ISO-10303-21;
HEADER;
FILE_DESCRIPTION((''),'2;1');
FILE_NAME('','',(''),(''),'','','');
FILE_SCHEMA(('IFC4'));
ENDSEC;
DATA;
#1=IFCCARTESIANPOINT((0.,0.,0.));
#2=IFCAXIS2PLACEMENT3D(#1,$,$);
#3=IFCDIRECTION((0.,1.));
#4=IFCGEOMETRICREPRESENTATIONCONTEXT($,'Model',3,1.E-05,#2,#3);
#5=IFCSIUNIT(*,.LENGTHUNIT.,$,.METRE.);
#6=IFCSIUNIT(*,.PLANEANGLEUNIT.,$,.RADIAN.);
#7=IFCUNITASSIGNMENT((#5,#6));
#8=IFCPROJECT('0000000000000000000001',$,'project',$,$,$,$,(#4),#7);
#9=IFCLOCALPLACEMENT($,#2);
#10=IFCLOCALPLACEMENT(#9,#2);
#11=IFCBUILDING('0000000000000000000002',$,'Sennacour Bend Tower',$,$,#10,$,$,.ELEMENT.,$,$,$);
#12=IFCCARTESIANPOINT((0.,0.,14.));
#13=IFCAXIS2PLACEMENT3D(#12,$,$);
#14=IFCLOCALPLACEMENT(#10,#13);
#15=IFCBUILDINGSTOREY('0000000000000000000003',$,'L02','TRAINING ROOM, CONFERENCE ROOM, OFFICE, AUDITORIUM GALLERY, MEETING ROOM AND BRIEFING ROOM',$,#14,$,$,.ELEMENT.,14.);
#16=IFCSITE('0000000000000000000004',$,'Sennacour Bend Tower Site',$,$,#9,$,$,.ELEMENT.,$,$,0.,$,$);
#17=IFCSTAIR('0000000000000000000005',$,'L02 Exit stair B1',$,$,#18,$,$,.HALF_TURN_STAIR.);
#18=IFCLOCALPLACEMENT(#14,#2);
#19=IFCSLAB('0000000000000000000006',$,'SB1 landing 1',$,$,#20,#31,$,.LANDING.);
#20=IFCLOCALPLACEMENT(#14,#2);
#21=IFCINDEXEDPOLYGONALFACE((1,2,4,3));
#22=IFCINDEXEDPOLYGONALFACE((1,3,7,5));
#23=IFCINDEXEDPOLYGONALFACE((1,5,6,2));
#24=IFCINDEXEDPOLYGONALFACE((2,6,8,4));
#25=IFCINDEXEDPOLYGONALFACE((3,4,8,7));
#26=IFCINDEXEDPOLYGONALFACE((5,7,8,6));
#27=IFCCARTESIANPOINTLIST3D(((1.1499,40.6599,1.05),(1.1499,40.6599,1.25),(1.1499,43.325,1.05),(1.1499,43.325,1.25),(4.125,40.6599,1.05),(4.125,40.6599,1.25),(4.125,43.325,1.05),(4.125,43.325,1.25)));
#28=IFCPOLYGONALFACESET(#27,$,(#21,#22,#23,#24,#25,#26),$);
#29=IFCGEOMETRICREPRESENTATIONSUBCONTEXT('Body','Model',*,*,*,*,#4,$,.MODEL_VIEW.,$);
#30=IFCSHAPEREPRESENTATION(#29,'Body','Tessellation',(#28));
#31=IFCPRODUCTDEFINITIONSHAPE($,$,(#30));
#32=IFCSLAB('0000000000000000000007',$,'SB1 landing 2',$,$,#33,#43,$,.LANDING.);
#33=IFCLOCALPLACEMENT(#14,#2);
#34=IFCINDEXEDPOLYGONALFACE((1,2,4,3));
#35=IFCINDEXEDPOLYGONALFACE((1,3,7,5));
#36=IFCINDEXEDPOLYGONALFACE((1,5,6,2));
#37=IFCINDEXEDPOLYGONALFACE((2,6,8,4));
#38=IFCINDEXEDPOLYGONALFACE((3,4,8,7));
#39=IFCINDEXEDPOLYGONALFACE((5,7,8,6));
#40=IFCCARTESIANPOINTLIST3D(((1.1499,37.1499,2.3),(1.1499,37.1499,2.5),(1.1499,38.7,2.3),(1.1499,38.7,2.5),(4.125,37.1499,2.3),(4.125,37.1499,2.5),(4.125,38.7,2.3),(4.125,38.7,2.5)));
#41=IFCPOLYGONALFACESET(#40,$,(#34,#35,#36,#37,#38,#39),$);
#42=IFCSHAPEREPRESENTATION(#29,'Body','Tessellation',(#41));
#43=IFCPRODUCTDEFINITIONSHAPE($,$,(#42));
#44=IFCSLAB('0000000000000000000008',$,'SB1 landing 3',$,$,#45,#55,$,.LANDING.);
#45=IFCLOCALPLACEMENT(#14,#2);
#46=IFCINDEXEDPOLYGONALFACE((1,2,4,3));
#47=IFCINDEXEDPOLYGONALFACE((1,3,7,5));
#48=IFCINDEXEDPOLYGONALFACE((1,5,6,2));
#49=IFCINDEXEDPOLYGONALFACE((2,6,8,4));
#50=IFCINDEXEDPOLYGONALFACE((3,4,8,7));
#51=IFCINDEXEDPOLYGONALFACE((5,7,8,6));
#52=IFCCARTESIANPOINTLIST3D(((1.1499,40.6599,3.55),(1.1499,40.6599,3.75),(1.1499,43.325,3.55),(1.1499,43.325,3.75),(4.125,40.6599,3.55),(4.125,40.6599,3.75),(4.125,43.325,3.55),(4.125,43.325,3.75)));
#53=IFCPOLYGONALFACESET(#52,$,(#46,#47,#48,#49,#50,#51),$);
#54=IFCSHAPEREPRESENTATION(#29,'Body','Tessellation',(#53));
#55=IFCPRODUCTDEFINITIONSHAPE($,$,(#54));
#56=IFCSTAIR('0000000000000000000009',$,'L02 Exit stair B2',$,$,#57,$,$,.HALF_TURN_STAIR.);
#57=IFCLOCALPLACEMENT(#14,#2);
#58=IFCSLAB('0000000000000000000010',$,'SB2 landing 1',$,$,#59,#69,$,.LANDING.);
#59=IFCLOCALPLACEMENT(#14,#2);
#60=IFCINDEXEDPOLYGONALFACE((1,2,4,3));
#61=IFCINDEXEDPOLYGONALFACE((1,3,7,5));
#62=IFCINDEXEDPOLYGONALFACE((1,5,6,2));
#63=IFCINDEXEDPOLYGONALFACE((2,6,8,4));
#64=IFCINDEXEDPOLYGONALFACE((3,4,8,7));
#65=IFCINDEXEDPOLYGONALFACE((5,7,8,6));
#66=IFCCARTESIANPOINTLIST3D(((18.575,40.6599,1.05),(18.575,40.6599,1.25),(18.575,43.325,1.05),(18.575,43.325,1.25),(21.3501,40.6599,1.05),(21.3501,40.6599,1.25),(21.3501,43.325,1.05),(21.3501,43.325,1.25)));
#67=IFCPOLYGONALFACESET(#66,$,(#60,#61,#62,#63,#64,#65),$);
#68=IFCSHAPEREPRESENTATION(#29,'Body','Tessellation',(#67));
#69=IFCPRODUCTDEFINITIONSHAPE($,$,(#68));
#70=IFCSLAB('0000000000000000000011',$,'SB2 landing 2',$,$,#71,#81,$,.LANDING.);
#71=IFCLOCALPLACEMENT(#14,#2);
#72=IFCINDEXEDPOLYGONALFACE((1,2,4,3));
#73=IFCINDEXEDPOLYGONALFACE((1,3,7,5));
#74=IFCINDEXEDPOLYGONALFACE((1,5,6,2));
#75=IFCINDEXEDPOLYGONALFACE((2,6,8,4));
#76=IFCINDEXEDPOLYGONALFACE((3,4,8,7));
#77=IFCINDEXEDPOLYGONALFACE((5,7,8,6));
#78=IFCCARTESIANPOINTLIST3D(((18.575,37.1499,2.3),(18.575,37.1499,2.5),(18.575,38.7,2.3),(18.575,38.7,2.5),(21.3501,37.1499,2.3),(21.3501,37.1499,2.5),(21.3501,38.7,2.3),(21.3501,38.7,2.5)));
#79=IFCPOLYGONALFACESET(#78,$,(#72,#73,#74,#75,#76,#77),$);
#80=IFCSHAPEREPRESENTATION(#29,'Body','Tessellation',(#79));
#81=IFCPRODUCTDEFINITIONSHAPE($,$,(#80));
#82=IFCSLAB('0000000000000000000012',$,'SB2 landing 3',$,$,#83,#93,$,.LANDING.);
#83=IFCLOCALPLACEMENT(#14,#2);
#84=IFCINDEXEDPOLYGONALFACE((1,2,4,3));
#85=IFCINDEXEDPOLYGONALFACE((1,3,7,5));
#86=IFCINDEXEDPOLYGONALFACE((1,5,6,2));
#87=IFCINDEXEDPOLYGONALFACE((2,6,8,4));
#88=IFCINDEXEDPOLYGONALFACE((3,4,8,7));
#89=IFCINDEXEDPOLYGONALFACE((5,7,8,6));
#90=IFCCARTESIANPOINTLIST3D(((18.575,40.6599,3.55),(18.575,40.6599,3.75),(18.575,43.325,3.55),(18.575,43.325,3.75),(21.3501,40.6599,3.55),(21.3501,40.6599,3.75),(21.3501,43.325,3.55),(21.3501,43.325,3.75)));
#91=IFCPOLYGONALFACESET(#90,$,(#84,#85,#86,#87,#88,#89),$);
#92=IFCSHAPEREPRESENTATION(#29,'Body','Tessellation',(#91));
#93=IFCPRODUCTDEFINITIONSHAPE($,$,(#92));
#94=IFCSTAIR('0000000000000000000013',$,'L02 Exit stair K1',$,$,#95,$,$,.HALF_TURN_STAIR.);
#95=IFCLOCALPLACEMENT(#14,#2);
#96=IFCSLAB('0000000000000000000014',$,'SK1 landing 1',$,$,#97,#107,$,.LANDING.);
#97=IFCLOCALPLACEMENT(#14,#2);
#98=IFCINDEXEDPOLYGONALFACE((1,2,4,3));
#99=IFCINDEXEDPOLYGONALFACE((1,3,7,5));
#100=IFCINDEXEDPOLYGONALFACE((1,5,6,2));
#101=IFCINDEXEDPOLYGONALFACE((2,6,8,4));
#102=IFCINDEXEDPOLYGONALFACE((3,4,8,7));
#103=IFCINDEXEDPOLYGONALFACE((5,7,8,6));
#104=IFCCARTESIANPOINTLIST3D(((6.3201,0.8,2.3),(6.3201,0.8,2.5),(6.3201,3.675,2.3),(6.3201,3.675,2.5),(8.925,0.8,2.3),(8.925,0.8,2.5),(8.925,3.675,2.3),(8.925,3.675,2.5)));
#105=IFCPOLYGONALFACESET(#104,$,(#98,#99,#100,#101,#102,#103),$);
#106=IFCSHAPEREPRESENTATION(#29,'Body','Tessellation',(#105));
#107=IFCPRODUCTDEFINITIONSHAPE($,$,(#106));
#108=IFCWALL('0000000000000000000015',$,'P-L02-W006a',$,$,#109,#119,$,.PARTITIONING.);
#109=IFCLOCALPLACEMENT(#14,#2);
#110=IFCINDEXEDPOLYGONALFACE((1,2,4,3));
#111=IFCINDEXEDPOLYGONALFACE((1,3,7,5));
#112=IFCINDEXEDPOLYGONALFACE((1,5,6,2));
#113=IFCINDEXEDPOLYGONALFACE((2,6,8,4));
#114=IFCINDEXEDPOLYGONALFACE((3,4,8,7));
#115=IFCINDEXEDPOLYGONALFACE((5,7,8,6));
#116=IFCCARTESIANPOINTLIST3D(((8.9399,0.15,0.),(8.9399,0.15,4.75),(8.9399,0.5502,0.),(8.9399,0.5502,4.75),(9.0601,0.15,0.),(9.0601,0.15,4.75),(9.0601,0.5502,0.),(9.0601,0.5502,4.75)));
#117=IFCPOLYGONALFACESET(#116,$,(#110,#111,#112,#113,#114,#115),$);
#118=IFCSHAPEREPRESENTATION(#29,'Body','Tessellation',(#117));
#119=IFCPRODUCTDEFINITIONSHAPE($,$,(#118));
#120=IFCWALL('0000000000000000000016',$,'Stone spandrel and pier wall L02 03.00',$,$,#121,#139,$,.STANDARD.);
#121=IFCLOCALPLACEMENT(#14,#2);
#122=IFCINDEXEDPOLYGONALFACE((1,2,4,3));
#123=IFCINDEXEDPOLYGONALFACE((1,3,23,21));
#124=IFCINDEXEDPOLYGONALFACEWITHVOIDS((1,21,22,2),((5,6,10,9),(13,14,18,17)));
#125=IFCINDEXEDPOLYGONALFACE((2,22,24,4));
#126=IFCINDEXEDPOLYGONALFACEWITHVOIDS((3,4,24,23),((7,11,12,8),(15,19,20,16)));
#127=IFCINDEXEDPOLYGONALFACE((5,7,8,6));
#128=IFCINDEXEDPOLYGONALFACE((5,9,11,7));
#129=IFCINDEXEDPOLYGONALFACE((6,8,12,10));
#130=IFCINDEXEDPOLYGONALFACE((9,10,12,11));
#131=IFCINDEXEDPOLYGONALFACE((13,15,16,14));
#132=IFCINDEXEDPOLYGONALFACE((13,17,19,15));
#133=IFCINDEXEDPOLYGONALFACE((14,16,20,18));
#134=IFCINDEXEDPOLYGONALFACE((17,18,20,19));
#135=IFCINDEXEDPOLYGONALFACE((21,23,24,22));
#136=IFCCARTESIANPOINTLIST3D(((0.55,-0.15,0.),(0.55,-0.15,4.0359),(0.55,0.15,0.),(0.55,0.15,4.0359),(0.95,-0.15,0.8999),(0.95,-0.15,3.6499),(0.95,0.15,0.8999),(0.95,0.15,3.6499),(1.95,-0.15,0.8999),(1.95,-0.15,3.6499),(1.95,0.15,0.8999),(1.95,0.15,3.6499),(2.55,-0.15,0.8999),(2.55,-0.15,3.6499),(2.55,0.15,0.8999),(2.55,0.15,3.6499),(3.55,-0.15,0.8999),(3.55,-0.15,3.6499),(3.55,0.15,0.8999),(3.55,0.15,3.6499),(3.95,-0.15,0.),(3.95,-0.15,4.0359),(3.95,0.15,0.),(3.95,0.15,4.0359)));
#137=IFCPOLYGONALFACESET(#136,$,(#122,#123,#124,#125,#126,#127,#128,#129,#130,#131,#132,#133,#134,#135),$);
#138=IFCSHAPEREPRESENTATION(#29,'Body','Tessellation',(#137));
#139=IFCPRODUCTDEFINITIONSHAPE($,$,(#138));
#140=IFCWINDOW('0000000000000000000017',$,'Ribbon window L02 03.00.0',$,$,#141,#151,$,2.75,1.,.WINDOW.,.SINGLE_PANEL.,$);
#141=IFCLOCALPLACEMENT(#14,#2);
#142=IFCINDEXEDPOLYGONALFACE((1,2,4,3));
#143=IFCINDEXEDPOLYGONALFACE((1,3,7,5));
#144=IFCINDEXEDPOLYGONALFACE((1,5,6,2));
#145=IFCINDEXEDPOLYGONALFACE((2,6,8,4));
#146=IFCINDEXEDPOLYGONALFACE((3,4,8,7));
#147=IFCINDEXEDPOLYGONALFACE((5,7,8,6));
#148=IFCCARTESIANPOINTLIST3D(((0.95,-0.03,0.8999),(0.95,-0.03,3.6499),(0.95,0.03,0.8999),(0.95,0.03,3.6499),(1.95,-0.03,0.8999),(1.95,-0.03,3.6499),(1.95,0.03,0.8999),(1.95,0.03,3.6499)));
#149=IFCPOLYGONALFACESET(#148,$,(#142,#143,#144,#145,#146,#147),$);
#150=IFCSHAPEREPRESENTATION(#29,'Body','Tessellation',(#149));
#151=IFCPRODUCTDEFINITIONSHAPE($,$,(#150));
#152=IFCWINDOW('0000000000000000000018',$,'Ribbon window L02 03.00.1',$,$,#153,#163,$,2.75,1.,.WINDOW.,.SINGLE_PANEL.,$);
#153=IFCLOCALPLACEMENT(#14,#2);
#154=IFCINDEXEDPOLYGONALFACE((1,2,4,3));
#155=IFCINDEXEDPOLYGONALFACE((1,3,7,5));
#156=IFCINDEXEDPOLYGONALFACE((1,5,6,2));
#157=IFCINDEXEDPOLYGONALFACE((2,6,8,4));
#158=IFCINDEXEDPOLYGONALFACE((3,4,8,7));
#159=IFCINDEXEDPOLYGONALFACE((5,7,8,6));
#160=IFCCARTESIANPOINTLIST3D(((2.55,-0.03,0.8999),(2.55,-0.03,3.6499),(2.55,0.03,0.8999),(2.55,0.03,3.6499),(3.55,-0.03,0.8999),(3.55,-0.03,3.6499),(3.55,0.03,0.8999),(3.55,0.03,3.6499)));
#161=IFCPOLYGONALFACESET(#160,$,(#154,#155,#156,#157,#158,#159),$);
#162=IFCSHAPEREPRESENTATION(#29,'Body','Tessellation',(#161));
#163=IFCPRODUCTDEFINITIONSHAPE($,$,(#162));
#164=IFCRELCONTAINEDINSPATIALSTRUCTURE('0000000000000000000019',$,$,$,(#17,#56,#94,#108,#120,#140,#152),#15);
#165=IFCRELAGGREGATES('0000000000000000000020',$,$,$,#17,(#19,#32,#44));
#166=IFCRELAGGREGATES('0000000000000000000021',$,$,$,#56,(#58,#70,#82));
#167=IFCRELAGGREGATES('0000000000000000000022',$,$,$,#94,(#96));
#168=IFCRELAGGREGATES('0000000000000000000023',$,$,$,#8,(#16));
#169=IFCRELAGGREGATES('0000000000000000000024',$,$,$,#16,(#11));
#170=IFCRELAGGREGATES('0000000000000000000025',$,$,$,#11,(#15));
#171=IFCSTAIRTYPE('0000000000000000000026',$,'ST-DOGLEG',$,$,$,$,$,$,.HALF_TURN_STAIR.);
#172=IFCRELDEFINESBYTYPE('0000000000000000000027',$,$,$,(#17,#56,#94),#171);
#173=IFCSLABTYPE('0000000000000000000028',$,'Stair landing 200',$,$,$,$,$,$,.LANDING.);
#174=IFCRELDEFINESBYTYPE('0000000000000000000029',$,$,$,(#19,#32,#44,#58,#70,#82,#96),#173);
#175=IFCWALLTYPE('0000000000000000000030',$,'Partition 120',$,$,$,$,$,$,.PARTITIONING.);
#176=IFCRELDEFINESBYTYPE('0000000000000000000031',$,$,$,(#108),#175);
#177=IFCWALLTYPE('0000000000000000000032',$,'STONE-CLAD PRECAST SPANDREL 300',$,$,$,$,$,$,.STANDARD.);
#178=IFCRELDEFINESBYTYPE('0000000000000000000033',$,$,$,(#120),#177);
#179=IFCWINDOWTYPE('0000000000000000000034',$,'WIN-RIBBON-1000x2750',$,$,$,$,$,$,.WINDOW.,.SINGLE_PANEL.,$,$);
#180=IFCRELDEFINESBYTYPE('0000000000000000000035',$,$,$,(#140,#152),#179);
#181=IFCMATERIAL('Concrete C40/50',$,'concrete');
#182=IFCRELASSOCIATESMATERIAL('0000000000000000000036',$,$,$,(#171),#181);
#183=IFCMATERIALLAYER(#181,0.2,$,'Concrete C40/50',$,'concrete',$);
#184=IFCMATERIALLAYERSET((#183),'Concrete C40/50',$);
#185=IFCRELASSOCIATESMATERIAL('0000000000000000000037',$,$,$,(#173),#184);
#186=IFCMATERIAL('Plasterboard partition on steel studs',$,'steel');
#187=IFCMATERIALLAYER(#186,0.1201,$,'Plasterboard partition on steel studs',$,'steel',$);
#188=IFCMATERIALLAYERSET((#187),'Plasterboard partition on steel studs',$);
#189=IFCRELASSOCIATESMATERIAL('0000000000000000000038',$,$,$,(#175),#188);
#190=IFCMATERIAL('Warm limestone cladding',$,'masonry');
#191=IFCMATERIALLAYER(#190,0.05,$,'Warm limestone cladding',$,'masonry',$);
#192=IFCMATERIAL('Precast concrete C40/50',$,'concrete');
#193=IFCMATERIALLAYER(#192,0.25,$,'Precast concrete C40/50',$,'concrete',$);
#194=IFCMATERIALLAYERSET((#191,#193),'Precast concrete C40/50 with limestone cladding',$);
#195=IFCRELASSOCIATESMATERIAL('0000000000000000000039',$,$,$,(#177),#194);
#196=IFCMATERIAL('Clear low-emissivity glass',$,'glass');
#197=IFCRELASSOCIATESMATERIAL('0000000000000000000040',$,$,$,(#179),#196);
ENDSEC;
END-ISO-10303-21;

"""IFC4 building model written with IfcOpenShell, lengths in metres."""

from ifc_helpers import new_model, si_unit, direction, frame, frame_2d, origin, place, context, subcontext, project, spatial, polyline, rectangle, outline, extrude, material, layer, layer_set, type_object, element, fill, aggregate, save


model = new_model("IFC4")

# Units and contexts
model_context = context("Model", 3, precision=1e-05, world=origin(), true_north=direction((0.0, 1.0)))
body_context = subcontext(model_context, "Body", "Model", "MODEL_VIEW")
ifc_project = project(units=[si_unit("LENGTHUNIT", "METRE"), si_unit("PLANEANGLEUNIT", "RADIAN")], contexts=[model_context])

# Site, building, storey
site_placement = place(None, origin())
site = spatial("IfcSite", under=ifc_project, at=site_placement, Name="Sennacour Bend Tower Site", CompositionType="ELEMENT", RefElevation=0.0)
building_placement = place(site_placement, origin())
building = spatial("IfcBuilding", under=site, at=building_placement, Name="Sennacour Bend Tower", CompositionType="ELEMENT")
storey_placement = place(building_placement, frame((0.0, 0.0, 14.0)))
storey = spatial("IfcBuildingStorey", under=building, at=storey_placement, Name="L02", Description="TRAINING ROOM, CONFERENCE ROOM, OFFICE, AUDITORIUM GALLERY, MEETING ROOM AND BRIEFING ROOM", CompositionType="ELEMENT", Elevation=14.0)

# Stairs, slabs
ifc_material_1 = material(Name="Concrete C40/50", Category="concrete")
stair_type = type_object("IfcStairType", Name="ST-DOGLEG", PredefinedType="HALF_TURN_STAIR", material=ifc_material_1)
ifc_layer_1 = layer(ifc_material_1, 0.2, Name="Concrete C40/50", Category="concrete")
ifc_layer_set_1 = layer_set([ifc_layer_1], Name="Concrete C40/50")
slab_type_1 = type_object("IfcSlabType", Name="Stair landing 200", PredefinedType="LANDING", material=ifc_layer_set_1)
stair_1_placement = place(storey_placement, origin())
stair_1 = element("IfcStair", 1, at=stair_1_placement, inside=storey, type_object=stair_type, Name="L02 Exit stair B1", PredefinedType="HALF_TURN_STAIR")
slab_1_placement = place(storey_placement, frame((0.0, 0.0, 1.05)))
slab_1 = element("IfcSlab", 2, at=slab_1_placement, type_object=slab_type_1, Name="SB1 landing 1", PredefinedType="LANDING", context=body_context, shape_type="SweptSolid", body=[
    extrude(outline(polyline([(1.1499, 40.6599), (4.125, 40.6599), (4.125, 43.325), (1.1499, 43.325), (1.1499, 40.6599)])), origin(), (0.0, 0.0, 1.0), 0.2),
])
slab_2_placement = place(storey_placement, frame((0.0, 0.0, 2.3)))
slab_2 = element("IfcSlab", 3, at=slab_2_placement, type_object=slab_type_1, Name="SB1 landing 2", PredefinedType="LANDING", context=body_context, shape_type="SweptSolid", body=[
    extrude(outline(polyline([(1.1499, 37.1499), (4.125, 37.1499), (4.125, 38.7), (1.1499, 38.7), (1.1499, 37.1499)])), origin(), (0.0, 0.0, 1.0), 0.2),
])
slab_3_placement = place(storey_placement, frame((0.0, 0.0, 3.55)))
slab_3 = element("IfcSlab", 4, at=slab_3_placement, type_object=slab_type_1, Name="SB1 landing 3", PredefinedType="LANDING", context=body_context, shape_type="SweptSolid", body=[
    extrude(outline(polyline([(1.1499, 40.6599), (4.125, 40.6599), (4.125, 43.325), (1.1499, 43.325), (1.1499, 40.6599)])), origin(), (0.0, 0.0, 1.0), 0.2),
])
aggregate(stair_1, [slab_1, slab_2, slab_3])
stair_2_placement = place(storey_placement, origin())
stair_2 = element("IfcStair", 5, at=stair_2_placement, inside=storey, type_object=stair_type, Name="L02 Exit stair B2", PredefinedType="HALF_TURN_STAIR")
slab_4_placement = place(storey_placement, frame((0.0, 0.0, 1.05)))
slab_4 = element("IfcSlab", 6, at=slab_4_placement, type_object=slab_type_1, Name="SB2 landing 1", PredefinedType="LANDING", context=body_context, shape_type="SweptSolid", body=[
    extrude(outline(polyline([(18.575, 40.6599), (21.3501, 40.6599), (21.3501, 43.325), (18.575, 43.325), (18.575, 40.6599)])), origin(), (0.0, 0.0, 1.0), 0.2),
])
slab_5_placement = place(storey_placement, frame((0.0, 0.0, 2.3)))
slab_5 = element("IfcSlab", 7, at=slab_5_placement, type_object=slab_type_1, Name="SB2 landing 2", PredefinedType="LANDING", context=body_context, shape_type="SweptSolid", body=[
    extrude(outline(polyline([(18.575, 37.1499), (21.3501, 37.1499), (21.3501, 38.7), (18.575, 38.7), (18.575, 37.1499)])), origin(), (0.0, 0.0, 1.0), 0.2),
])
slab_6_placement = place(storey_placement, frame((0.0, 0.0, 3.55)))
slab_6 = element("IfcSlab", 8, at=slab_6_placement, type_object=slab_type_1, Name="SB2 landing 3", PredefinedType="LANDING", context=body_context, shape_type="SweptSolid", body=[
    extrude(outline(polyline([(18.575, 40.6599), (21.3501, 40.6599), (21.3501, 43.325), (18.575, 43.325), (18.575, 40.6599)])), origin(), (0.0, 0.0, 1.0), 0.2),
])
aggregate(stair_2, [slab_4, slab_5, slab_6])

# Stair, slab
stair_3_placement = place(storey_placement, origin())
stair_3 = element("IfcStair", 9, at=stair_3_placement, inside=storey, type_object=stair_type, Name="L02 Exit stair K1", PredefinedType="HALF_TURN_STAIR")
slab_7_placement = place(storey_placement, frame((0.0, 0.0, 2.3)))
slab_7 = element("IfcSlab", 10, at=slab_7_placement, type_object=slab_type_1, Name="SK1 landing 1", PredefinedType="LANDING", context=body_context, shape_type="SweptSolid", body=[
    extrude(outline(polyline([(6.3201, 0.8), (8.925, 0.8), (8.925, 3.675), (6.3201, 3.675), (6.3201, 0.8)])), origin(), (0.0, 0.0, 1.0), 0.2),
])

# Wall
ifc_material_2 = material(Name="Plasterboard partition on steel studs", Category="steel")
ifc_layer_2 = layer(ifc_material_2, 0.1201, Name="Plasterboard partition on steel studs", Category="steel")
ifc_layer_set_2 = layer_set([ifc_layer_2], Name="Plasterboard partition on steel studs")
wall_type_1 = type_object("IfcWallType", Name="Partition 120", PredefinedType="PARTITIONING", material=ifc_layer_set_2)
wall_1_placement = place(storey_placement, frame((9.0, 0.1499, 0.0), z_axis=(0.0, 0.0, 1.0), x_axis=(0.0, 1.0, 0.0)))
element("IfcWall", 11, at=wall_1_placement, inside=storey, type_object=wall_type_1, Name="P-L02-W006a", PredefinedType="PARTITIONING", context=body_context, shape_type="SweptSolid", body=[
    extrude(rectangle(XDim=0.4001, YDim=0.1201, at=frame_2d((0.2002, 0.0))), origin(), (0.0, 0.0, 1.0), 4.75),
])

# Wall, openings, windows
ifc_material_3 = material(Name="Warm limestone cladding", Category="masonry")
ifc_layer_3 = layer(ifc_material_3, 0.05, Name="Warm limestone cladding", Category="masonry")
ifc_material_4 = material(Name="Precast concrete C40/50", Category="concrete")
ifc_layer_4 = layer(ifc_material_4, 0.25, Name="Precast concrete C40/50", Category="concrete")
ifc_layer_set_3 = layer_set([ifc_layer_3, ifc_layer_4], Name="Precast concrete C40/50 with limestone cladding")
wall_type_2 = type_object("IfcWallType", Name="STONE-CLAD PRECAST SPANDREL 300", PredefinedType="STANDARD", material=ifc_layer_set_3)
wall_2_placement = place(storey_placement, frame((0.55, 0.0, 0.0), z_axis=(0.0, 0.0, 1.0), x_axis=(1.0, 0.0, 0.0)))
wall_2 = element("IfcWall", 12, at=wall_2_placement, inside=storey, type_object=wall_type_2, Name="Stone spandrel and pier wall L02 03.00", PredefinedType="STANDARD", context=body_context, shape_type="SweptSolid", body=[
    extrude(rectangle(XDim=3.3999, YDim=0.3, at=frame_2d((1.7, 0.0))), origin(), (0.0, 0.0, 1.0), 4.0359),
])
opening_1_placement = place(wall_2_placement, frame((0.3999, 0.0, 0.8999)))
opening_1 = element("IfcOpeningElement", 13, at=opening_1_placement, cuts=wall_2, PredefinedType="OPENING", context=body_context, shape_type="SweptSolid", body=[
    extrude(rectangle(XDim=1.0, YDim=2.75, at=frame_2d((0.5, 1.375))), frame((0.0, 0.1602, 0.0), z_axis=(0.0, -1.0, 0.0), x_axis=(1.0, 0.0, 0.0)), (0.0, 0.0, 1.0), 0.3201),
])
opening_2_placement = place(wall_2_placement, frame((2.0, 0.0, 0.8999)))
opening_2 = element("IfcOpeningElement", 14, at=opening_2_placement, cuts=wall_2, PredefinedType="OPENING", context=body_context, shape_type="SweptSolid", body=[
    extrude(rectangle(XDim=1.0, YDim=2.75, at=frame_2d((0.5, 1.375))), frame((0.0, 0.1602, 0.0), z_axis=(0.0, -1.0, 0.0), x_axis=(1.0, 0.0, 0.0)), (0.0, 0.0, 1.0), 0.3201),
])
ifc_material_5 = material(Name="Clear low-emissivity glass", Category="glass")
window_type = type_object("IfcWindowType", Name="WIN-RIBBON-1000x2750", PartitioningType="SINGLE_PANEL", PredefinedType="WINDOW", material=ifc_material_5)
window_1_placement = place(opening_1_placement, origin())
window_1 = element("IfcWindow", 15, at=window_1_placement, inside=storey, type_object=window_type, Name="Ribbon window L02 03.00.0", OverallHeight=2.75, OverallWidth=1.0, PartitioningType="SINGLE_PANEL", PredefinedType="WINDOW", context=body_context, shape_type="SweptSolid", body=[
    extrude(rectangle(XDim=1.0, YDim=2.75, at=frame_2d((0.5, 1.375))), frame((0.0, 0.03, 0.0), z_axis=(0.0, -1.0, 0.0), x_axis=(1.0, 0.0, 0.0)), (0.0, 0.0, 1.0), 0.0601),
])
fill(opening_1, window_1)
window_2_placement = place(opening_2_placement, origin())
window_2 = element("IfcWindow", 16, at=window_2_placement, inside=storey, type_object=window_type, Name="Ribbon window L02 03.00.1", OverallHeight=2.75, OverallWidth=1.0, PartitioningType="SINGLE_PANEL", PredefinedType="WINDOW", context=body_context, shape_type="SweptSolid", body=[
    extrude(rectangle(XDim=1.0, YDim=2.75, at=frame_2d((0.5, 1.375))), frame((0.0, 0.03, 0.0), z_axis=(0.0, -1.0, 0.0), x_axis=(1.0, 0.0, 0.0)), (0.0, 0.0, 1.0), 0.0601),
])
fill(opening_2, window_2)

aggregate(stair_3, [slab_7])

save(model, "model.ifc")
